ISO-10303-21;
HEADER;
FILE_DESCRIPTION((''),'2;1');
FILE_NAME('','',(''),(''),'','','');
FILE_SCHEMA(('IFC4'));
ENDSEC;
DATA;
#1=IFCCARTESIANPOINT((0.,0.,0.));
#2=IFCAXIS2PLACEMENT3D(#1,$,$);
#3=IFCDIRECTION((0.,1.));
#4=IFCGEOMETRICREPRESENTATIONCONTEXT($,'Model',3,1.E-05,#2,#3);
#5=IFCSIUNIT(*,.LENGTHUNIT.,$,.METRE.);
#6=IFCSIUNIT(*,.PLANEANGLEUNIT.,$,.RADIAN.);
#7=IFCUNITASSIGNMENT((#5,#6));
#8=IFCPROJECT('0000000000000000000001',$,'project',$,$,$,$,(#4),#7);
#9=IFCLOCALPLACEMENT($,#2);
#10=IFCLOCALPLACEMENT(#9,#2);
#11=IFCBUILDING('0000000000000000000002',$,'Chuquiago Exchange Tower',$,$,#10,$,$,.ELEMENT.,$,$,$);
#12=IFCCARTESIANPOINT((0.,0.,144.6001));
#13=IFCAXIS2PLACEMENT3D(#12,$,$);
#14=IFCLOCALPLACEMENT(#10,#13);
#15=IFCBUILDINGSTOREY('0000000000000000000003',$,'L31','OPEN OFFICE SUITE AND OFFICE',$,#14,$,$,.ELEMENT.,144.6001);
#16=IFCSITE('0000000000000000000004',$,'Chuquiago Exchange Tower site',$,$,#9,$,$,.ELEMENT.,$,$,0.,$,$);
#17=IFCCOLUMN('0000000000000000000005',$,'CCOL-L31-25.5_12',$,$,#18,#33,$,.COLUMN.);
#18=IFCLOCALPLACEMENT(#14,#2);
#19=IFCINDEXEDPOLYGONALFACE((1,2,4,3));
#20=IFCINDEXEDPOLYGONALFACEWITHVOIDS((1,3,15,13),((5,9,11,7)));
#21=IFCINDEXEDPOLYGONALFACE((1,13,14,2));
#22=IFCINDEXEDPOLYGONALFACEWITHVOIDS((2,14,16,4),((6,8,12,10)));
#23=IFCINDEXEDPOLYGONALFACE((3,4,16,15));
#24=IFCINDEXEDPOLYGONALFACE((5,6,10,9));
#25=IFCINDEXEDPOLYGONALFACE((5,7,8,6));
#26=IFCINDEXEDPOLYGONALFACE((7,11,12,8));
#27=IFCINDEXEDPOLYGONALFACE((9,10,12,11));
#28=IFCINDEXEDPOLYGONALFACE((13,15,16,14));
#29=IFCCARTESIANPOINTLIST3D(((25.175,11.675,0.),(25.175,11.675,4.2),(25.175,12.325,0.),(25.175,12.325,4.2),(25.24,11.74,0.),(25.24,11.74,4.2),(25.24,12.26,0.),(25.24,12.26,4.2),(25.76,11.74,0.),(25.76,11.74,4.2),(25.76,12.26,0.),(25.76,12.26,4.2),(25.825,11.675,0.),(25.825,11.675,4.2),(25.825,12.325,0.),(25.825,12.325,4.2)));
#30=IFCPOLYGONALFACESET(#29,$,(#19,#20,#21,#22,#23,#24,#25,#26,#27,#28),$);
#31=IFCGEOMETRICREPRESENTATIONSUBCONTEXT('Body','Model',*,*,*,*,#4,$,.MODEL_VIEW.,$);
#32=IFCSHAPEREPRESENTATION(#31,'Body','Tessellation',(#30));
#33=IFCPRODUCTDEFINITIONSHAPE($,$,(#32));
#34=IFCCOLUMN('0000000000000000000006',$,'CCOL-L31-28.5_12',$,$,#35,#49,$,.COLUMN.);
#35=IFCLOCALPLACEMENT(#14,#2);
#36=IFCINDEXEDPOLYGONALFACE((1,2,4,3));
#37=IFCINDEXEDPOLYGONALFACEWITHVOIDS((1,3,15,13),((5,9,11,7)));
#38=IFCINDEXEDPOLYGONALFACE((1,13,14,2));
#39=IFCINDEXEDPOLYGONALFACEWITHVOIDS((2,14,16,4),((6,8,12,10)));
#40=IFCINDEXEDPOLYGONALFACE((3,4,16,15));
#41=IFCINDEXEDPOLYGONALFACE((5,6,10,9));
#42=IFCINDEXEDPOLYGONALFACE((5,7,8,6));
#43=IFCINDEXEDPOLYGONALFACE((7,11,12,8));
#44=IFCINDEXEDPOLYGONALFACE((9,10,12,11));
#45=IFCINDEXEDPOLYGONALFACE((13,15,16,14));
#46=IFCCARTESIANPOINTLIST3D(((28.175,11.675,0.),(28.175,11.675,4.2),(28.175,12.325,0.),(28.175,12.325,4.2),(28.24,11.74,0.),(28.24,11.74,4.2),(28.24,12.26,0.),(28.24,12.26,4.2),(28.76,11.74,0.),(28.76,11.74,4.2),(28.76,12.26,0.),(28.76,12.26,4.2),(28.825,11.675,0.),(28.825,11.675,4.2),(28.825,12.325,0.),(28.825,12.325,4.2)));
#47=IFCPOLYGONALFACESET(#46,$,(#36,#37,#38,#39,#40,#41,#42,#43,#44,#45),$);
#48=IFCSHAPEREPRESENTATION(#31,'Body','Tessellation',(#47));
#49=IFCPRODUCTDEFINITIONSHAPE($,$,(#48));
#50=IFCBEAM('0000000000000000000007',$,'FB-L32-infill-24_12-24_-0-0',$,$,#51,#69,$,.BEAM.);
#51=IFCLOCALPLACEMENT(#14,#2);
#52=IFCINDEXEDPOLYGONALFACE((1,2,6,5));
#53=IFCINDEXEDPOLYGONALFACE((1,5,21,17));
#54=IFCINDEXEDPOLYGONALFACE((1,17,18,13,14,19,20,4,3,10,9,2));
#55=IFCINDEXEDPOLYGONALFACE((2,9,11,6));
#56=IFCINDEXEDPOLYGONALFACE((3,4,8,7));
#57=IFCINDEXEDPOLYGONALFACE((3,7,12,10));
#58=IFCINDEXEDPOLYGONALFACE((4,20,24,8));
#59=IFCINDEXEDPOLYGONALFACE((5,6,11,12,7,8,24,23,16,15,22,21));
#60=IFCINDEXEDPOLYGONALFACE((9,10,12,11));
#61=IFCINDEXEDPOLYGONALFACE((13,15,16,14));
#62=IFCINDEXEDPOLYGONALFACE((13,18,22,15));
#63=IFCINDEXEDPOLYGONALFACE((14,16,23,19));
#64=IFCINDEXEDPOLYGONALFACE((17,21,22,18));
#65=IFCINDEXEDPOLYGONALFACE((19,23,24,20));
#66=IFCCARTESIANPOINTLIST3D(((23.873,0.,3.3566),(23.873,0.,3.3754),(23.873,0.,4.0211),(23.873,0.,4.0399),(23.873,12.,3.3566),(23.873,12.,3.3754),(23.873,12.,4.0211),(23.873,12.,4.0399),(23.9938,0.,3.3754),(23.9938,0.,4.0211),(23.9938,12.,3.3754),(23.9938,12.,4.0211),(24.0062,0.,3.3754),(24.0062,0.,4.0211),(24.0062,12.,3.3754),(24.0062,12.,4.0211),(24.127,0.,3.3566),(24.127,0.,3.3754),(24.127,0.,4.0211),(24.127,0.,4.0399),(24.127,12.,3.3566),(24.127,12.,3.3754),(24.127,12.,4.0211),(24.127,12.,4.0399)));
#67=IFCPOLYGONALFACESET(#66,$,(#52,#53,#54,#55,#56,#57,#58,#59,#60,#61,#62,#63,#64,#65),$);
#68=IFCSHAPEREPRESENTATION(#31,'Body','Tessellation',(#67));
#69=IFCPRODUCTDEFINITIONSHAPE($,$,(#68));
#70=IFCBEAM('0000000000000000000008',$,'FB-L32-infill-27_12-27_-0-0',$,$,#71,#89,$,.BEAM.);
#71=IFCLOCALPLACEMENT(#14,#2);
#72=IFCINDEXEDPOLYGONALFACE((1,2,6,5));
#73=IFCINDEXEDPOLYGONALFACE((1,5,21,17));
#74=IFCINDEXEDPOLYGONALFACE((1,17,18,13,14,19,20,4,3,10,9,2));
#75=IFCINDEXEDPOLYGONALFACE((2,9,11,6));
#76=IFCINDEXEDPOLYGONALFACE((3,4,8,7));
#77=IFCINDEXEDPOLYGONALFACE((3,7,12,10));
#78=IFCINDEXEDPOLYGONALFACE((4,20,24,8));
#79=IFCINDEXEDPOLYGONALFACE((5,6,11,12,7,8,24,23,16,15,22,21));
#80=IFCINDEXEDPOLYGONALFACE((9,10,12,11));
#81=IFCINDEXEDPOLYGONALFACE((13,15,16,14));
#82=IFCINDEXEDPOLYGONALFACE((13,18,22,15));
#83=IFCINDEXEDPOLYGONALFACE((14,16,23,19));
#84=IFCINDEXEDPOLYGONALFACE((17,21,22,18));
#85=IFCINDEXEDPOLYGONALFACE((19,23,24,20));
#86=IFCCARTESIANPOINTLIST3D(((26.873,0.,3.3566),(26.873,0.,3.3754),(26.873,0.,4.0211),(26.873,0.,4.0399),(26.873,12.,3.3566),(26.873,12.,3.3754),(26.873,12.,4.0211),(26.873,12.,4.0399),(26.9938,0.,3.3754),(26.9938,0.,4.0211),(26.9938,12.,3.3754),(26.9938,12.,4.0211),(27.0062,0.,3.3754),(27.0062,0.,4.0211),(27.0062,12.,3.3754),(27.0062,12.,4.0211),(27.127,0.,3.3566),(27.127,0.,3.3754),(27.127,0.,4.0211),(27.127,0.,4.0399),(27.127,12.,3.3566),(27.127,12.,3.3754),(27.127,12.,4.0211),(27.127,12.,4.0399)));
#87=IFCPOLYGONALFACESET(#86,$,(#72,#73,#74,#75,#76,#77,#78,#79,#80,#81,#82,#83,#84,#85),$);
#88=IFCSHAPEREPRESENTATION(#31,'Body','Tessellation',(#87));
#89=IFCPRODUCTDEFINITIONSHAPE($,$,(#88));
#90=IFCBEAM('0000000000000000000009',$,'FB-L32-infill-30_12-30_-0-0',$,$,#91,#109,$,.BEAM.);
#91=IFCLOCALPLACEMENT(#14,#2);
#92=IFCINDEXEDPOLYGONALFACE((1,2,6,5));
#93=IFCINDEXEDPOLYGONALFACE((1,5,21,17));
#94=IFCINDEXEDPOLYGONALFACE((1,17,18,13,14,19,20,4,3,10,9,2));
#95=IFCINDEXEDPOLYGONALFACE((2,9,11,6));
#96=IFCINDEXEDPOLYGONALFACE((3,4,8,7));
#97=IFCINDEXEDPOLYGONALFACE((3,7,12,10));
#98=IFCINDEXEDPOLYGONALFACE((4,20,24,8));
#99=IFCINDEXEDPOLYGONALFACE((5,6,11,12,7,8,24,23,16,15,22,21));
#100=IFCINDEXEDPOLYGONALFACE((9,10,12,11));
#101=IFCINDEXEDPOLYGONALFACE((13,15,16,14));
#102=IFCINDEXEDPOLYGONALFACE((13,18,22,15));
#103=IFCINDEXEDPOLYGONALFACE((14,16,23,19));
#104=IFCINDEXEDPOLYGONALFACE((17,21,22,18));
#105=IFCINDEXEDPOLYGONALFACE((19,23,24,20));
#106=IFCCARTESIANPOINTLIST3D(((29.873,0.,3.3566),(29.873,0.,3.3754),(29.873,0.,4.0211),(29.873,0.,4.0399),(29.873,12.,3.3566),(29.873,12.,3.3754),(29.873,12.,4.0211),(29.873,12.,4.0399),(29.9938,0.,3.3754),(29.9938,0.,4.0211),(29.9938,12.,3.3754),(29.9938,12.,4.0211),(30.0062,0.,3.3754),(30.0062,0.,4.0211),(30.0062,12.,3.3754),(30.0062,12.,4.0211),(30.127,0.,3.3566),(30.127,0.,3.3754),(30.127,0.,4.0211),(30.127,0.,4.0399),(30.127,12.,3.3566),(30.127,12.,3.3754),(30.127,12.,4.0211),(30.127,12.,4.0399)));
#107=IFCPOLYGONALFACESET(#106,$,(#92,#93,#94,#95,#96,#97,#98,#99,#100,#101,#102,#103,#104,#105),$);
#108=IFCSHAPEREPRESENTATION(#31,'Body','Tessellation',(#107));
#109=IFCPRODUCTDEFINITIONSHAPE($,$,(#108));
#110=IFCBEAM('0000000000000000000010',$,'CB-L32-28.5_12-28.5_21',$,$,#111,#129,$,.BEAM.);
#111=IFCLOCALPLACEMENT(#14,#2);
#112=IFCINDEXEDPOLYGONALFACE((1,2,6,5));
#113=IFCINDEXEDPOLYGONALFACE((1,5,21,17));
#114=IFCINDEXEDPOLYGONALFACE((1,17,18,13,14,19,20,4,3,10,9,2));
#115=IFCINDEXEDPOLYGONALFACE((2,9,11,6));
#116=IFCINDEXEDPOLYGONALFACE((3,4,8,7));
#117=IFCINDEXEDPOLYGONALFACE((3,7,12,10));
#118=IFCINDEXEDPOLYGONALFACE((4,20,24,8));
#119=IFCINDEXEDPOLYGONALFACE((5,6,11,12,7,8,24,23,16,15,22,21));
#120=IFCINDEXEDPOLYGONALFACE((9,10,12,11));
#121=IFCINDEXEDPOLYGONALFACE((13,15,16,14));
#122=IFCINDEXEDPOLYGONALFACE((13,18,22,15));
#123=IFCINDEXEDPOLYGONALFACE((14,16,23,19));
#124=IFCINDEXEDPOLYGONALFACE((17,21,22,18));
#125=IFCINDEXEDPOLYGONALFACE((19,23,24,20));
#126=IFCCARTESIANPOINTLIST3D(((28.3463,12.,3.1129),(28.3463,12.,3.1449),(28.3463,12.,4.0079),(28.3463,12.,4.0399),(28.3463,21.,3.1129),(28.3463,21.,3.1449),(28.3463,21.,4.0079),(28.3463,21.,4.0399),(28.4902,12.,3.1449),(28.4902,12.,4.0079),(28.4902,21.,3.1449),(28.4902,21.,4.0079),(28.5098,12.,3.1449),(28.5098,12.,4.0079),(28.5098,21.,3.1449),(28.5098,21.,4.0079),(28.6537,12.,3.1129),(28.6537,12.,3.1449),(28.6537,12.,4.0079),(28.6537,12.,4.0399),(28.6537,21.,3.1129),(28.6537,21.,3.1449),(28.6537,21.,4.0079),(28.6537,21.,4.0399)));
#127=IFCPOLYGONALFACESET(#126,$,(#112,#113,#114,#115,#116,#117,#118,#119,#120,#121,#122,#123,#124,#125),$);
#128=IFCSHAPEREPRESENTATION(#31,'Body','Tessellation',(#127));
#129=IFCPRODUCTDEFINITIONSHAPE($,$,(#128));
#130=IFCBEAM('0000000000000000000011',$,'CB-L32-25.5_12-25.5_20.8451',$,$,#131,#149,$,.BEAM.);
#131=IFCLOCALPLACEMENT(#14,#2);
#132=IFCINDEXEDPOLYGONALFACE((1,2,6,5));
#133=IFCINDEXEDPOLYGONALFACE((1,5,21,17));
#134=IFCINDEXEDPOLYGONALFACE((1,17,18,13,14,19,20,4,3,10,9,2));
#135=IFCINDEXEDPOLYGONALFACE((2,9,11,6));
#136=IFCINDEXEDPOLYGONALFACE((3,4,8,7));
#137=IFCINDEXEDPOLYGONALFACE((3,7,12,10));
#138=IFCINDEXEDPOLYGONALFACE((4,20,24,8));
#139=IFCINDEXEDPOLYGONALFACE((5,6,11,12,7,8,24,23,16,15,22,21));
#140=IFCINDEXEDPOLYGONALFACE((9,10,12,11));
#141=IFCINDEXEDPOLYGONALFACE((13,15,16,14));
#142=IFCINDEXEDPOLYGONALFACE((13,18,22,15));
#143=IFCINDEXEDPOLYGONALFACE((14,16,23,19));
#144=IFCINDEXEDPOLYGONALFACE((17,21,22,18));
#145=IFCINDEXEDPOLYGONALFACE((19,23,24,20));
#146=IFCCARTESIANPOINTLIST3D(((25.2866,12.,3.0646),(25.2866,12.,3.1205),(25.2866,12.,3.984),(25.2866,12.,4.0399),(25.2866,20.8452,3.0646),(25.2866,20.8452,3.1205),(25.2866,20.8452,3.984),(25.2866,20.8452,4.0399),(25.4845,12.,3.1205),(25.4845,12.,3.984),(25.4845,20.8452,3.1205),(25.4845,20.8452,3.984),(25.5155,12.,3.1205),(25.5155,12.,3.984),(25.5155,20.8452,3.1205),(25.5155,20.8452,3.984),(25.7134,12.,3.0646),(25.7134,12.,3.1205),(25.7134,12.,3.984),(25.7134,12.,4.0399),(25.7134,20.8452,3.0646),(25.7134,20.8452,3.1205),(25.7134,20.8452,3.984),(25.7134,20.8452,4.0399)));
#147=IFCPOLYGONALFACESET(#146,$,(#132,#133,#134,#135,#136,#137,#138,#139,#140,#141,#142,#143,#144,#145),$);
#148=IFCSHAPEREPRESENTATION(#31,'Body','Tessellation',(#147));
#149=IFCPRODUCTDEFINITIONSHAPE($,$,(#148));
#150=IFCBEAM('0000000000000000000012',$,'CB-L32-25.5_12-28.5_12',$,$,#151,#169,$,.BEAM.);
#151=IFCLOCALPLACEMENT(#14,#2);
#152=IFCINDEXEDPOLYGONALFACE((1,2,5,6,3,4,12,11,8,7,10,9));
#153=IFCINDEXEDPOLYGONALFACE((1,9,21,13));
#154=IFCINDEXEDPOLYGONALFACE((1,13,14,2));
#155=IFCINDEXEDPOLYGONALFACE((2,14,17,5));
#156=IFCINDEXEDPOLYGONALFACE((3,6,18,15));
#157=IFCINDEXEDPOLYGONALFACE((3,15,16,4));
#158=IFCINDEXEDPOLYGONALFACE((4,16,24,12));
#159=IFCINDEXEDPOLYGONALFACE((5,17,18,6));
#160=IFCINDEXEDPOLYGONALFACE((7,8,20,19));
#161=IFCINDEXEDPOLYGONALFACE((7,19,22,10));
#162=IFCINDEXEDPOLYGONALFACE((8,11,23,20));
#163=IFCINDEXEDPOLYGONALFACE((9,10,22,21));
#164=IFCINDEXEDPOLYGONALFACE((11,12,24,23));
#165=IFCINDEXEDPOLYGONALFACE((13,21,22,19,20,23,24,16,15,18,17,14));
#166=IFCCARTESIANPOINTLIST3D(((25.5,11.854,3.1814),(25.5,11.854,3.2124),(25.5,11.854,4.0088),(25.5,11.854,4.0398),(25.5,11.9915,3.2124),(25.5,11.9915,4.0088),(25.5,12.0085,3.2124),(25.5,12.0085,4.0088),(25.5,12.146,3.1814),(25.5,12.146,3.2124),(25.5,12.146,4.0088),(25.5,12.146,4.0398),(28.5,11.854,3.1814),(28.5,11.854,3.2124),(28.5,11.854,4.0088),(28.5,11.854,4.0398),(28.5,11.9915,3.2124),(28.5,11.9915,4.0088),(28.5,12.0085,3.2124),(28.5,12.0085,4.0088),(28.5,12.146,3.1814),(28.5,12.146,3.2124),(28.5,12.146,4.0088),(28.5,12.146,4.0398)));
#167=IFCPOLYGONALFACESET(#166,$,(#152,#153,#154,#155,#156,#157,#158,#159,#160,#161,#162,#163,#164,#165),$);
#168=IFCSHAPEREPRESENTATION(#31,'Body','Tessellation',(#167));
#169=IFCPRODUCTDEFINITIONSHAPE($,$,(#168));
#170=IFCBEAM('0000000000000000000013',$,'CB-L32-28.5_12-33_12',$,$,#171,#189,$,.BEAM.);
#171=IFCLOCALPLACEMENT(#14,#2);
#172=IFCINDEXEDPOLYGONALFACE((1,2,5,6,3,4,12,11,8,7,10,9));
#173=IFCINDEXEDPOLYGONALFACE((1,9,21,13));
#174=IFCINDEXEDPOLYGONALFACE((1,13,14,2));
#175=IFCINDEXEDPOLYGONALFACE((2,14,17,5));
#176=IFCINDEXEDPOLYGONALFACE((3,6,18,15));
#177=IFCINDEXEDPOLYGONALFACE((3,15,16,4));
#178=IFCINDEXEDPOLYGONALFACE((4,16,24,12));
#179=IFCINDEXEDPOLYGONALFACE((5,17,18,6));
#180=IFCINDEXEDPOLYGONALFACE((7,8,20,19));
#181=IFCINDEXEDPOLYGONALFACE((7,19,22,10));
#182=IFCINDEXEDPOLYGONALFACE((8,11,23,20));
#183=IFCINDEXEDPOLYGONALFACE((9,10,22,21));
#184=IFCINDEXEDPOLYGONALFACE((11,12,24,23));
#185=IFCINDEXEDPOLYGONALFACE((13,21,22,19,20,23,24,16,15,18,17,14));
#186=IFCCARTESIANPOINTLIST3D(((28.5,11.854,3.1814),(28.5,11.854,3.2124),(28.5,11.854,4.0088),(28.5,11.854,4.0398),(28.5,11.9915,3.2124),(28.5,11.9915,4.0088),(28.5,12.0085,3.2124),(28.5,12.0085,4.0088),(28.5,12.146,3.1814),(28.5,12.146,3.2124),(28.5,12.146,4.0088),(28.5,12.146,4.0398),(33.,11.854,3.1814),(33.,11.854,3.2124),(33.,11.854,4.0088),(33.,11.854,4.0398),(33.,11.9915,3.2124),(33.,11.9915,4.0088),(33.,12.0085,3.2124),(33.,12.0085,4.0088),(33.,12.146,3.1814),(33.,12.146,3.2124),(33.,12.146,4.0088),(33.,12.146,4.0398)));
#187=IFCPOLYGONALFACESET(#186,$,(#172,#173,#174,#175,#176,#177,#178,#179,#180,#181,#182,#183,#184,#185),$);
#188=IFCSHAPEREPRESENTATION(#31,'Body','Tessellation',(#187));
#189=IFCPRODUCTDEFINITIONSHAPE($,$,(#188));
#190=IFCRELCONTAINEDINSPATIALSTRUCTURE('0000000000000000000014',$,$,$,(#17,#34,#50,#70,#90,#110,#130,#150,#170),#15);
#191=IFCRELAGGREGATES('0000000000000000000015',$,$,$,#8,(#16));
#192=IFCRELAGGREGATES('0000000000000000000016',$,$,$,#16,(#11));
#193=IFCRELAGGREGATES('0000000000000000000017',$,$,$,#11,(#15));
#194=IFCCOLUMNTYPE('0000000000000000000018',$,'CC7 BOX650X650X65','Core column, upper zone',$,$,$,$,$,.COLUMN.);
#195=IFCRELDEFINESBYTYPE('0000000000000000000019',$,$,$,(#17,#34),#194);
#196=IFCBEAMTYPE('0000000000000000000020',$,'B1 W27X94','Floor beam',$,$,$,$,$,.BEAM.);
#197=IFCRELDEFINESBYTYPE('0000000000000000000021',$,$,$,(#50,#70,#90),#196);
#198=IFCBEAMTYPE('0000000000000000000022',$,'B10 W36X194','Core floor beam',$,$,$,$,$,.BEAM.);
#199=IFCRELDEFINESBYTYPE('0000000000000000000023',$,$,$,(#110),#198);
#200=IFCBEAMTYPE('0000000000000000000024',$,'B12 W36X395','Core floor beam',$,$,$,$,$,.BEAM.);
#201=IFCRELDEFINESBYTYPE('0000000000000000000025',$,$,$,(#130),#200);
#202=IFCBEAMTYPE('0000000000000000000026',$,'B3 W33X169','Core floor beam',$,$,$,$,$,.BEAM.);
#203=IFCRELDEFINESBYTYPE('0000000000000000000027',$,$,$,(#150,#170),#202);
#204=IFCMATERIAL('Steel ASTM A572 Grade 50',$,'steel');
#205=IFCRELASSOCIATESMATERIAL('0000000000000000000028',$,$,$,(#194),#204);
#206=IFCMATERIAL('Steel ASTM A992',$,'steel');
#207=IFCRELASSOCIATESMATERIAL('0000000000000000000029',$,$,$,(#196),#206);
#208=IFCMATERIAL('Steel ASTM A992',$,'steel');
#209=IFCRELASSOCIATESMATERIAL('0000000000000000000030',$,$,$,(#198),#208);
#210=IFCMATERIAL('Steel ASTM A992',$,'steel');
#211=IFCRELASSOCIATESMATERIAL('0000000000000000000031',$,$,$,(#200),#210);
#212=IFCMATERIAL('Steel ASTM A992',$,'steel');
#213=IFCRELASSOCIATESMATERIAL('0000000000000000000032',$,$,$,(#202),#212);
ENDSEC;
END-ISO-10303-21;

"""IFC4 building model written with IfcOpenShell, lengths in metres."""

from ifc_helpers import new_model, si_unit, direction, frame, origin, origin_2d, place, context, subcontext, project, spatial, hollow_rectangle, i_section, extrude, material, material_profile, profile_set, type_object, element, save


model = new_model("IFC4")

# Units and contexts
model_context = context("Model", 3, precision=1e-05, world=origin(), true_north=direction((0.0, 1.0)))
body_context = subcontext(model_context, "Body", "Model", "MODEL_VIEW")
ifc_project = project(units=[si_unit("LENGTHUNIT", "METRE"), si_unit("PLANEANGLEUNIT", "RADIAN")], contexts=[model_context])

# Site, building, storey
site_placement = place(None, origin())
site = spatial("IfcSite", under=ifc_project, at=site_placement, Name="Chuquiago Exchange Tower site", CompositionType="ELEMENT", RefElevation=0.0)
building_placement = place(site_placement, origin())
building = spatial("IfcBuilding", under=site, at=building_placement, Name="Chuquiago Exchange Tower", CompositionType="ELEMENT")
storey_placement = place(building_placement, frame((0.0, 0.0, 144.6001)))
storey = spatial("IfcBuildingStorey", under=building, at=storey_placement, Name="L31", Description="OPEN OFFICE SUITE AND OFFICE", CompositionType="ELEMENT", Elevation=144.6001)

# Columns
ifc_material_1 = material(Name="Steel ASTM A572 Grade 50", Category="steel")
ifc_material_profile_1 = material_profile(ifc_material_1, hollow_rectangle(XDim=0.6499, YDim=0.6499, WallThickness=0.0649, at=origin_2d()), Name="BOX650X650X65")
ifc_profile_set_1 = profile_set([ifc_material_profile_1], Name="Steel ASTM A572 Grade 50")
column_type = type_object("IfcColumnType", Name="CC7 BOX650X650X65", Description="Core column, upper zone", PredefinedType="COLUMN", material=ifc_profile_set_1)
for number, where, z_axis, x_axis, name in (
    (1, (25.5, 12.0, 0.0), (0.0, 0.0, 1.0), (1.0, 0.0, 0.0), "CCOL-L31-25.5_12"),
    (2, (28.5, 12.0, 0.0), (0.0, 0.0, 1.0), (1.0, 0.0, 0.0), "CCOL-L31-28.5_12"),
):
    element("IfcColumn", number, at=place(storey_placement, frame(where, z_axis=z_axis, x_axis=x_axis)), inside=storey, type_object=column_type, Name=name, PredefinedType="COLUMN", context=body_context, shape_type="SweptSolid", body=[
        extrude(hollow_rectangle(XDim=0.6499, YDim=0.6499, WallThickness=0.0649, at=origin_2d()), origin(), (0.0, 0.0, 1.0), 4.2),
    ])

# Beams
ifc_material_2 = material(Name="Steel ASTM A992", Category="steel")
ifc_material_profile_2 = material_profile(ifc_material_2, i_section(OverallWidth=0.2539, OverallDepth=0.6833, WebThickness=0.0125, FlangeThickness=0.0188, at=origin_2d()), Name="W27X94")
ifc_profile_set_2 = profile_set([ifc_material_profile_2], Name="Steel ASTM A992")
beam_type_1 = type_object("IfcBeamType", Name="B1 W27X94", Description="Floor beam", PredefinedType="BEAM", material=ifc_profile_set_2)
for number, where, z_axis, x_axis, name in (
    (3, (24.0, 12.0, 3.6982), (0.0, -1.0, 0.0), (1.0, 0.0, 0.0), "FB-L32-infill-24_12-24_-0-0"),
    (4, (27.0, 12.0, 3.6982), (0.0, -1.0, 0.0), (1.0, 0.0, 0.0), "FB-L32-infill-27_12-27_-0-0"),
    (5, (30.0, 12.0, 3.6982), (0.0, -1.0, 0.0), (1.0, 0.0, 0.0), "FB-L32-infill-30_12-30_-0-0"),
):
    element("IfcBeam", number, at=place(storey_placement, frame(where, z_axis=z_axis, x_axis=x_axis)), inside=storey, type_object=beam_type_1, Name=name, PredefinedType="BEAM", context=body_context, shape_type="SweptSolid", body=[
        extrude(i_section(OverallWidth=0.2539, OverallDepth=0.6833, WebThickness=0.0125, FlangeThickness=0.0188, at=origin_2d()), origin(), (0.0, 0.0, 1.0), 12.0),
    ])
ifc_material_3 = material(Name="Steel ASTM A992", Category="steel")
ifc_material_profile_3 = material_profile(ifc_material_3, i_section(OverallWidth=0.3074, OverallDepth=0.927, WebThickness=0.0195, FlangeThickness=0.032, at=origin_2d()), Name="W36X194")
ifc_profile_set_3 = profile_set([ifc_material_profile_3], Name="Steel ASTM A992")
beam_type_2 = type_object("IfcBeamType", Name="B10 W36X194", Description="Core floor beam", PredefinedType="BEAM", material=ifc_profile_set_3)
beam_1_placement = place(storey_placement, frame((28.5, 12.0, 3.5764), z_axis=(0.0, 1.0, 0.0), x_axis=(-1.0, 0.0, 0.0)))
element("IfcBeam", 6, at=beam_1_placement, inside=storey, type_object=beam_type_2, Name="CB-L32-28.5_12-28.5_21", PredefinedType="BEAM", context=body_context, shape_type="SweptSolid", body=[
    extrude(i_section(OverallWidth=0.3074, OverallDepth=0.927, WebThickness=0.0195, FlangeThickness=0.032, at=origin_2d()), origin(), (0.0, 0.0, 1.0), 9.0),
])
ifc_material_4 = material(Name="Steel ASTM A992", Category="steel")
ifc_material_profile_4 = material_profile(ifc_material_4, i_section(OverallWidth=0.4268, OverallDepth=0.9753, WebThickness=0.031, FlangeThickness=0.0559, at=origin_2d()), Name="W36X395")
ifc_profile_set_4 = profile_set([ifc_material_profile_4], Name="Steel ASTM A992")
beam_type_3 = type_object("IfcBeamType", Name="B12 W36X395", Description="Core floor beam", PredefinedType="BEAM", material=ifc_profile_set_4)
beam_2_placement = place(storey_placement, frame((25.5, 12.0, 3.5522), z_axis=(0.0, 1.0, 0.0), x_axis=(-1.0, 0.0, 0.0)))
element("IfcBeam", 7, at=beam_2_placement, inside=storey, type_object=beam_type_3, Name="CB-L32-25.5_12-25.5_20.8451", PredefinedType="BEAM", context=body_context, shape_type="SweptSolid", body=[
    extrude(i_section(OverallWidth=0.4268, OverallDepth=0.9753, WebThickness=0.031, FlangeThickness=0.0559, at=origin_2d()), origin(), (0.0, 0.0, 1.0), 8.8452),
])
ifc_material_5 = material(Name="Steel ASTM A992", Category="steel")
ifc_material_profile_5 = material_profile(ifc_material_5, i_section(OverallWidth=0.292, OverallDepth=0.8584, WebThickness=0.0171, FlangeThickness=0.031, at=origin_2d()), Name="W33X169")
ifc_profile_set_5 = profile_set([ifc_material_profile_5], Name="Steel ASTM A992")
beam_type_4 = type_object("IfcBeamType", Name="B3 W33X169", Description="Core floor beam", PredefinedType="BEAM", material=ifc_profile_set_5)
beam_3_placement = place(storey_placement, frame((25.5, 12.0, 3.6106), z_axis=(1.0, 0.0, 0.0), x_axis=(0.0, 1.0, 0.0)))
element("IfcBeam", 8, at=beam_3_placement, inside=storey, type_object=beam_type_4, Name="CB-L32-25.5_12-28.5_12", PredefinedType="BEAM", context=body_context, shape_type="SweptSolid", body=[
    extrude(i_section(OverallWidth=0.292, OverallDepth=0.8584, WebThickness=0.0171, FlangeThickness=0.031, at=origin_2d()), origin(), (0.0, 0.0, 1.0), 3.0),
])
beam_4_placement = place(storey_placement, frame((28.5, 12.0, 3.6106), z_axis=(1.0, 0.0, 0.0), x_axis=(0.0, 1.0, 0.0)))
element("IfcBeam", 9, at=beam_4_placement, inside=storey, type_object=beam_type_4, Name="CB-L32-28.5_12-33_12", PredefinedType="BEAM", context=body_context, shape_type="SweptSolid", body=[
    extrude(i_section(OverallWidth=0.292, OverallDepth=0.8584, WebThickness=0.0171, FlangeThickness=0.031, at=origin_2d()), origin(), (0.0, 0.0, 1.0), 4.5),
])

save(model, "model.ifc")
